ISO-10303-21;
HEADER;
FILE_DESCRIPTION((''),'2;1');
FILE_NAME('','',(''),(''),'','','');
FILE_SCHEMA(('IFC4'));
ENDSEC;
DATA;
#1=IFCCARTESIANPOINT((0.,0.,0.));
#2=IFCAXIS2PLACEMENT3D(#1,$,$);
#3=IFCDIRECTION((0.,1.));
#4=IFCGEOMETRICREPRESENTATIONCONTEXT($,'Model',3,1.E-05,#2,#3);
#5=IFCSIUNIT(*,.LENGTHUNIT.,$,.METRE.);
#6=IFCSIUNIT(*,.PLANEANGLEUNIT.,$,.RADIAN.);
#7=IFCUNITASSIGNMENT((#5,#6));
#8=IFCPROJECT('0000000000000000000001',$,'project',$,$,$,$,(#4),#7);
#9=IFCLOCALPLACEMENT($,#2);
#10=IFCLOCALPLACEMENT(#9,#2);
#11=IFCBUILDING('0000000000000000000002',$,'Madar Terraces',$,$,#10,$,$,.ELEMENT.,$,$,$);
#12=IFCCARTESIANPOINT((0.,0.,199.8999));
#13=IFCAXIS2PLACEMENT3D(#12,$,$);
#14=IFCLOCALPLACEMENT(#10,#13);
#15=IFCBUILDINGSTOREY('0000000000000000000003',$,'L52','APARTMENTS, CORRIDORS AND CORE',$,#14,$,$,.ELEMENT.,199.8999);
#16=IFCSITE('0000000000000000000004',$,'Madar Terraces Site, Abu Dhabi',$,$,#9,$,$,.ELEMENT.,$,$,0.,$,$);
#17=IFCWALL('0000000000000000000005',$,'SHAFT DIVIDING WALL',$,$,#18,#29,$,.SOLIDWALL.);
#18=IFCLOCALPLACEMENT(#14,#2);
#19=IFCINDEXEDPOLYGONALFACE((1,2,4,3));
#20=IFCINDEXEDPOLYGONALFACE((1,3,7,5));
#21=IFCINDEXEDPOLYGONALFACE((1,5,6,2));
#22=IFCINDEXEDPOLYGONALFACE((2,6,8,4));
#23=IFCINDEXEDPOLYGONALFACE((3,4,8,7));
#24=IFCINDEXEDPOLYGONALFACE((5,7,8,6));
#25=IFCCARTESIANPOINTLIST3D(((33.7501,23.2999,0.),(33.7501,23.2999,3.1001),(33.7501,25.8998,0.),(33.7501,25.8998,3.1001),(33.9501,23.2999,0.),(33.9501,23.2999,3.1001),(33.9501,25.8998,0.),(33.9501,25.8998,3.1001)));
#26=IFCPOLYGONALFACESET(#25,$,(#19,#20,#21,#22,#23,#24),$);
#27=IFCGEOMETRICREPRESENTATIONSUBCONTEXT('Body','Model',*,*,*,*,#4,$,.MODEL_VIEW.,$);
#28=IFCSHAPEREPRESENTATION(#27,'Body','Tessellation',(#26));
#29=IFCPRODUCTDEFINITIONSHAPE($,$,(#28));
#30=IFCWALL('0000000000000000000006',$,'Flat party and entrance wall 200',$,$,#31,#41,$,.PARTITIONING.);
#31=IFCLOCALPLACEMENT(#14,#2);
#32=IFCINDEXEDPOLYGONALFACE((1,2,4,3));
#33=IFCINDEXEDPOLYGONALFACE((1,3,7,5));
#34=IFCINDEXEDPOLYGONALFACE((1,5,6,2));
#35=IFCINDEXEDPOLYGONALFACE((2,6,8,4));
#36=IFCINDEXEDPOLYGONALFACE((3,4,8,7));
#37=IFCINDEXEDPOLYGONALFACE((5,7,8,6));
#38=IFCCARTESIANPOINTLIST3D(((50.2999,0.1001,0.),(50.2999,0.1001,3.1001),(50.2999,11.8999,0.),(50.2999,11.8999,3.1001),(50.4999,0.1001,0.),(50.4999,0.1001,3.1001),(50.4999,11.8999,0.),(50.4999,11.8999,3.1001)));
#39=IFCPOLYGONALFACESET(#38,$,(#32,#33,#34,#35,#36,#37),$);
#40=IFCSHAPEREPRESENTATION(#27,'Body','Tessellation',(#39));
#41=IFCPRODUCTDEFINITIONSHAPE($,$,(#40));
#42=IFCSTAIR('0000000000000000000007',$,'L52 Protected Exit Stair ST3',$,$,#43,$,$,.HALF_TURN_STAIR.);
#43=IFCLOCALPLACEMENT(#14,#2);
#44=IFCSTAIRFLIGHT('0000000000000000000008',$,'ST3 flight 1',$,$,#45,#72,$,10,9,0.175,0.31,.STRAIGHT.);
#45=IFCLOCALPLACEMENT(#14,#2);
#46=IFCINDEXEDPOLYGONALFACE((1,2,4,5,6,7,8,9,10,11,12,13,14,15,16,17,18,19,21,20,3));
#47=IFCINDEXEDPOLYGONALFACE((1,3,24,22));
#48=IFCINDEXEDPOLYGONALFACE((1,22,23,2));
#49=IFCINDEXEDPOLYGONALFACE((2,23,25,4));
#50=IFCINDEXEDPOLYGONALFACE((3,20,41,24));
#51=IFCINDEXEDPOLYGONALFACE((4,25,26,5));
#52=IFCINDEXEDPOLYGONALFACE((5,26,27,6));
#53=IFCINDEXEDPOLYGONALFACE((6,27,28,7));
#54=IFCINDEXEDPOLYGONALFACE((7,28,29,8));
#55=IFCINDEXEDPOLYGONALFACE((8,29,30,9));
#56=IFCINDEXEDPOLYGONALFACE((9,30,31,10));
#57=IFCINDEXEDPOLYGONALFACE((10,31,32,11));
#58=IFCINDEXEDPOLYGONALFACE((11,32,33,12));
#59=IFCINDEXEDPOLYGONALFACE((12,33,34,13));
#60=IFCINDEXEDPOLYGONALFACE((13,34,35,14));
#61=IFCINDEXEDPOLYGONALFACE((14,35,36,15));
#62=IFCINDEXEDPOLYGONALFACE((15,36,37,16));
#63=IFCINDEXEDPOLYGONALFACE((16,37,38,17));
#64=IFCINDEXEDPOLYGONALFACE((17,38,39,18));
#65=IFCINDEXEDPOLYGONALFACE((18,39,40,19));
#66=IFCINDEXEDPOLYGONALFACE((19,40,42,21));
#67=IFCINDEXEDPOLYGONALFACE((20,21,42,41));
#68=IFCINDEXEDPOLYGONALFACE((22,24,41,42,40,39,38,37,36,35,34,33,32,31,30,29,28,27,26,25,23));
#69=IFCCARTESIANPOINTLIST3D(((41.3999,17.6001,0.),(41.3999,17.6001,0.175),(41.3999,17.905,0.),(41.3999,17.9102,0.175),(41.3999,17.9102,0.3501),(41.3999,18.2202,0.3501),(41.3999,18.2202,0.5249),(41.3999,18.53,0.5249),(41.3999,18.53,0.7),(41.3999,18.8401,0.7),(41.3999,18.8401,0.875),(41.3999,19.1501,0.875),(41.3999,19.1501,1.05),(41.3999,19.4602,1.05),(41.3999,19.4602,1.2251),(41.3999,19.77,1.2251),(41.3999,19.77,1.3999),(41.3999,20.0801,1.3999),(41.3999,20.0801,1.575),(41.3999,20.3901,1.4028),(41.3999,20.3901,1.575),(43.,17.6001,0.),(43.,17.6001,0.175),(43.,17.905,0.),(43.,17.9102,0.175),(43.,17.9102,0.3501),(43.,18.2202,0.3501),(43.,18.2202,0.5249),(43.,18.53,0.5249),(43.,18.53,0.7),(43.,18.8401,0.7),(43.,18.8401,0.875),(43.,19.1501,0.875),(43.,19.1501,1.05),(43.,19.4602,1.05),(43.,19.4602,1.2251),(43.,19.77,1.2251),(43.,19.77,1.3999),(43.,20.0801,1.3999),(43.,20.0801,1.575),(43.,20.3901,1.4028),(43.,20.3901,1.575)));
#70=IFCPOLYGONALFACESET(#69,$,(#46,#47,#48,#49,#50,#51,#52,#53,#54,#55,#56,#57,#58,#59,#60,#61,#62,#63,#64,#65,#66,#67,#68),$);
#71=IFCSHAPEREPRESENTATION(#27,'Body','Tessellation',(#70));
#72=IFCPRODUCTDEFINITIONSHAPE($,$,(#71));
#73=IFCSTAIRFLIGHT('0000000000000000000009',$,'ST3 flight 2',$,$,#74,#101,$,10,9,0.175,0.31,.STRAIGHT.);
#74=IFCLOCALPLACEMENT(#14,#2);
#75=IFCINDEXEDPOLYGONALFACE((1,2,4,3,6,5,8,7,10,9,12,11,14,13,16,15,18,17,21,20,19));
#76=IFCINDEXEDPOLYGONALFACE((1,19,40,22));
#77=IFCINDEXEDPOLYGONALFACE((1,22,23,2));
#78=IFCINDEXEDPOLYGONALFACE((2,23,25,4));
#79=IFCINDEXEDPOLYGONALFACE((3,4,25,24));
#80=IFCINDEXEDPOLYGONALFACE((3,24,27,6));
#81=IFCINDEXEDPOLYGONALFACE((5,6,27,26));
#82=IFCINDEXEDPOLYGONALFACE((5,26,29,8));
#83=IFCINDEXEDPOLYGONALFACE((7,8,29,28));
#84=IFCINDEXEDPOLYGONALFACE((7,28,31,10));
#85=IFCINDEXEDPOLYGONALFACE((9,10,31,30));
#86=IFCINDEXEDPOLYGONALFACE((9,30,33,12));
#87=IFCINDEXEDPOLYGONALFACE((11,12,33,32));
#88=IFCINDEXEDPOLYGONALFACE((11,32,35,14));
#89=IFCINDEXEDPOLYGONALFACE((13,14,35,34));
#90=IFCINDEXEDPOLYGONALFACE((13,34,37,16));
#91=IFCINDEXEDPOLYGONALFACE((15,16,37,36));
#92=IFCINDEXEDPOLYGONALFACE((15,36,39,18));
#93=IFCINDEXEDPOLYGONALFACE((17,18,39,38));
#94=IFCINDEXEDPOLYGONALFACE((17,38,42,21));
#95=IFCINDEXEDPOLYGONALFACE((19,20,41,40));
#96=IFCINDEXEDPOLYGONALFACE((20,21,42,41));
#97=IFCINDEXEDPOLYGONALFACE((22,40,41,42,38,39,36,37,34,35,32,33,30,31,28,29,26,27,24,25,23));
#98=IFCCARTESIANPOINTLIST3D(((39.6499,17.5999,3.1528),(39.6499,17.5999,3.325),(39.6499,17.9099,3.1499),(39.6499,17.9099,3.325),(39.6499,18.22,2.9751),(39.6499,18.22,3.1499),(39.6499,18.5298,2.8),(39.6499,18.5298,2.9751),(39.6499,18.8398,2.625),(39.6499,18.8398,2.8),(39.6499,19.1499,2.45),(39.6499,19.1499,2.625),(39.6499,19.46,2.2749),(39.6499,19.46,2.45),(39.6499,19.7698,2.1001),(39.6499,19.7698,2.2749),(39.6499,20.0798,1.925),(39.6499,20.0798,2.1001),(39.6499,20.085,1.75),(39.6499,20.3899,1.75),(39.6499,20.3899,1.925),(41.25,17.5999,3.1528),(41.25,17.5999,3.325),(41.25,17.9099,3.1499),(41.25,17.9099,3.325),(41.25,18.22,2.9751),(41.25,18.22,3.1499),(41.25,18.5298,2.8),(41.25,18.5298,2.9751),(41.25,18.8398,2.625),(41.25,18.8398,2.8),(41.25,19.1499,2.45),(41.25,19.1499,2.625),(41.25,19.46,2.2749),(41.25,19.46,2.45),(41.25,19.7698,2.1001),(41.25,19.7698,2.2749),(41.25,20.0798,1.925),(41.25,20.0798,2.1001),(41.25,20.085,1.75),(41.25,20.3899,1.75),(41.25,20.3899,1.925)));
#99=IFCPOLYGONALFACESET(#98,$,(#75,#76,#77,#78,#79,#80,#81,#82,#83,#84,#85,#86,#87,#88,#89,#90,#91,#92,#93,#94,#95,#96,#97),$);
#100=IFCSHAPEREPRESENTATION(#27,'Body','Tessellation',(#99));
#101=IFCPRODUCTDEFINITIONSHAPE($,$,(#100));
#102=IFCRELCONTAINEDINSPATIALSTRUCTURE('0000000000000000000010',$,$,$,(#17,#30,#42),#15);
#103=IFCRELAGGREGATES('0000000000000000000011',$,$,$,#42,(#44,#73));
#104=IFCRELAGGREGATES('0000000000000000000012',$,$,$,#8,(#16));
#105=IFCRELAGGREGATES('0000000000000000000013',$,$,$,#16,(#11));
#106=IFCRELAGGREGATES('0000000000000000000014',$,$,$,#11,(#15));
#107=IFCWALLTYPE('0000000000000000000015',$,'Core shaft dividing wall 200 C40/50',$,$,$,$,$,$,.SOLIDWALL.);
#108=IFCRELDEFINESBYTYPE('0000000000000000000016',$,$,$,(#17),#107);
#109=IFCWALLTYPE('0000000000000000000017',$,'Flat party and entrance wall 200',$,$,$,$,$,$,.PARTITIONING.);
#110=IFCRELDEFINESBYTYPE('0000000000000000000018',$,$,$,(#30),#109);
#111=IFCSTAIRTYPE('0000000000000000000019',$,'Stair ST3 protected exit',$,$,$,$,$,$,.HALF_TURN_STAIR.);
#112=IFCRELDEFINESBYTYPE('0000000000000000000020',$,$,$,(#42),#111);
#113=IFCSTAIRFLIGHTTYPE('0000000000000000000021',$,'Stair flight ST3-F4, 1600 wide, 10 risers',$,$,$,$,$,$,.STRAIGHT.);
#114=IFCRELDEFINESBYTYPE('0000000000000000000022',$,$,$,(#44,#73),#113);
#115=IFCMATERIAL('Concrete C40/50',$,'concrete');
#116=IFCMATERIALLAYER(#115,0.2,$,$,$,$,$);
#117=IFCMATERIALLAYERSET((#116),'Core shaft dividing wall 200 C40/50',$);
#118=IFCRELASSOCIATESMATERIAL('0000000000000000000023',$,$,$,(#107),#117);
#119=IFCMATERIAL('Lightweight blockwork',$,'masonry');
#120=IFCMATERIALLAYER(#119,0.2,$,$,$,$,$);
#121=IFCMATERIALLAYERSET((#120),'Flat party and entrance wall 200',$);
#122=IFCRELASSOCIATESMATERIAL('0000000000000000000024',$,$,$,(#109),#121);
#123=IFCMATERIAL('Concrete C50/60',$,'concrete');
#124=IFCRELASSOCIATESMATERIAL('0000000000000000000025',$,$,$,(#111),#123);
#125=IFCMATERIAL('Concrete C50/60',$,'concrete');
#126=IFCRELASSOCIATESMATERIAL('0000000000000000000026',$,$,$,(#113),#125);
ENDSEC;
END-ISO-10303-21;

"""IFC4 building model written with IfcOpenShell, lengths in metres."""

from ifc_helpers import new_model, si_unit, direction, frame, frame_2d, origin, place, context, subcontext, project, spatial, polyline, rectangle, outline, extrude, material, layer, layer_set, type_object, element, aggregate, save


model = new_model("IFC4")

# Units and contexts
model_context = context("Model", 3, precision=1e-05, world=origin(), true_north=direction((0.0, 1.0)))
body_context = subcontext(model_context, "Body", "Model", "MODEL_VIEW")
ifc_project = project(units=[si_unit("LENGTHUNIT", "METRE"), si_unit("PLANEANGLEUNIT", "RADIAN")], contexts=[model_context])

# Site, building, storey
site_placement = place(None, origin())
site = spatial("IfcSite", under=ifc_project, at=site_placement, Name="Madar Terraces Site, Abu Dhabi", CompositionType="ELEMENT", RefElevation=0.0)
building_placement = place(site_placement, origin())
building = spatial("IfcBuilding", under=site, at=building_placement, Name="Madar Terraces", CompositionType="ELEMENT")
storey_placement = place(building_placement, frame((0.0, 0.0, 199.8999)))
storey = spatial("IfcBuildingStorey", under=building, at=storey_placement, Name="L52", Description="APARTMENTS, CORRIDORS AND CORE", CompositionType="ELEMENT", Elevation=199.8999)

# Walls
ifc_material_1 = material(Name="Concrete C40/50", Category="concrete")
ifc_layer_1 = layer(ifc_material_1, 0.2)
ifc_layer_set_1 = layer_set([ifc_layer_1], Name="Core shaft dividing wall 200 C40/50")
wall_type_1 = type_object("IfcWallType", Name="Core shaft dividing wall 200 C40/50", PredefinedType="SOLIDWALL", material=ifc_layer_set_1)
wall_1_placement = place(storey_placement, frame((33.8501, 23.3, 0.0), z_axis=(0.0, 0.0, 1.0), x_axis=(0.0, 1.0, 0.0)))
element("IfcWall", 1, at=wall_1_placement, inside=storey, type_object=wall_type_1, Name="SHAFT DIVIDING WALL", PredefinedType="SOLIDWALL", context=body_context, shape_type="SweptSolid", body=[
    extrude(rectangle(XDim=2.5999, YDim=0.2, at=frame_2d((1.2998, 0.0))), origin(), (0.0, 0.0, 1.0), 3.1001),
])
ifc_material_2 = material(Name="Lightweight blockwork", Category="masonry")
ifc_layer_2 = layer(ifc_material_2, 0.2)
ifc_layer_set_2 = layer_set([ifc_layer_2], Name="Flat party and entrance wall 200")
wall_type_2 = type_object("IfcWallType", Name="Flat party and entrance wall 200", PredefinedType="PARTITIONING", material=ifc_layer_set_2)
wall_2_placement = place(storey_placement, frame((50.3999, 11.8999, 0.0), z_axis=(0.0, 0.0, 1.0), x_axis=(0.0, -1.0, 0.0)))
element("IfcWall", 2, at=wall_2_placement, inside=storey, type_object=wall_type_2, Name="Flat party and entrance wall 200", PredefinedType="PARTITIONING", context=body_context, shape_type="SweptSolid", body=[
    extrude(rectangle(XDim=11.7998, YDim=0.2, at=frame_2d((5.8999, 0.0))), origin(), (0.0, 0.0, 1.0), 3.1001),
])

# Stair, stair flights
ifc_material_3 = material(Name="Concrete C50/60", Category="concrete")
stair_type = type_object("IfcStairType", Name="Stair ST3 protected exit", PredefinedType="HALF_TURN_STAIR", material=ifc_material_3)
stair_placement = place(storey_placement, origin())
stair = element("IfcStair", 3, at=stair_placement, inside=storey, type_object=stair_type, Name="L52 Protected Exit Stair ST3", PredefinedType="HALF_TURN_STAIR")
ifc_material_4 = material(Name="Concrete C50/60", Category="concrete")
stair_flight_type = type_object("IfcStairFlightType", Name="Stair flight ST3-F4, 1600 wide, 10 risers", PredefinedType="STRAIGHT", material=ifc_material_4)
stair_flight_1_placement = place(storey_placement, frame((42.2, 17.6001, 0.0), z_axis=(0.0, 0.0, 1.0), x_axis=(0.0, 1.0, 0.0)))
stair_flight_1 = element("IfcStairFlight", 4, at=stair_flight_1_placement, type_object=stair_flight_type, Name="ST3 flight 1", NumberOfRisers=10, NumberOfTreads=9, PredefinedType="STRAIGHT", RiserHeight=0.175, TreadLength=0.31, context=body_context, shape_type="SweptSolid", body=[
    extrude(outline(polyline([(0.0, 0.0), (0.0, 0.175), (0.3101, 0.175), (0.3101, 0.3501), (0.6201, 0.3501), (0.6201, 0.5249), (0.9299, 0.5249), (0.9299, 0.7), (1.24, 0.7), (1.24, 0.875), (1.55, 0.875), (1.55, 1.05), (1.8601, 1.05), (1.8601, 1.2251), (2.1699, 1.2251), (2.1699, 1.3999), (2.48, 1.3999), (2.48, 1.575), (2.79, 1.575), (2.79, 1.75), (2.79, 1.4028), (0.3049, 0.0), (0.0, 0.0)])), frame((0.0, 0.8, 0.0), z_axis=(0.0, -1.0, 0.0), x_axis=(1.0, 0.0, 0.0)), (0.0, 0.0, 1.0), 1.6001),
])
stair_flight_2_placement = place(storey_placement, frame((40.45, 20.3899, 1.75), z_axis=(0.0, 0.0, 1.0), x_axis=(0.0, -1.0, 0.0)))
stair_flight_2 = element("IfcStairFlight", 5, at=stair_flight_2_placement, type_object=stair_flight_type, Name="ST3 flight 2", NumberOfRisers=10, NumberOfTreads=9, PredefinedType="STRAIGHT", RiserHeight=0.175, TreadLength=0.31, context=body_context, shape_type="SweptSolid", body=[
    extrude(outline(polyline([(0.0, 0.0), (0.0, 0.175), (0.3101, 0.175), (0.3101, 0.3501), (0.6201, 0.3501), (0.6201, 0.5249), (0.9299, 0.5249), (0.9299, 0.7), (1.24, 0.7), (1.24, 0.875), (1.55, 0.875), (1.55, 1.05), (1.8601, 1.05), (1.8601, 1.2251), (2.1699, 1.2251), (2.1699, 1.3999), (2.48, 1.3999), (2.48, 1.575), (2.79, 1.575), (2.79, 1.75), (2.79, 1.4028), (0.3049, 0.0), (0.0, 0.0)])), frame((0.0, 0.8, 0.0), z_axis=(0.0, -1.0, 0.0), x_axis=(1.0, 0.0, 0.0)), (0.0, 0.0, 1.0), 1.6001),
])
aggregate(stair, [stair_flight_1, stair_flight_2])

save(model, "model.ifc")
